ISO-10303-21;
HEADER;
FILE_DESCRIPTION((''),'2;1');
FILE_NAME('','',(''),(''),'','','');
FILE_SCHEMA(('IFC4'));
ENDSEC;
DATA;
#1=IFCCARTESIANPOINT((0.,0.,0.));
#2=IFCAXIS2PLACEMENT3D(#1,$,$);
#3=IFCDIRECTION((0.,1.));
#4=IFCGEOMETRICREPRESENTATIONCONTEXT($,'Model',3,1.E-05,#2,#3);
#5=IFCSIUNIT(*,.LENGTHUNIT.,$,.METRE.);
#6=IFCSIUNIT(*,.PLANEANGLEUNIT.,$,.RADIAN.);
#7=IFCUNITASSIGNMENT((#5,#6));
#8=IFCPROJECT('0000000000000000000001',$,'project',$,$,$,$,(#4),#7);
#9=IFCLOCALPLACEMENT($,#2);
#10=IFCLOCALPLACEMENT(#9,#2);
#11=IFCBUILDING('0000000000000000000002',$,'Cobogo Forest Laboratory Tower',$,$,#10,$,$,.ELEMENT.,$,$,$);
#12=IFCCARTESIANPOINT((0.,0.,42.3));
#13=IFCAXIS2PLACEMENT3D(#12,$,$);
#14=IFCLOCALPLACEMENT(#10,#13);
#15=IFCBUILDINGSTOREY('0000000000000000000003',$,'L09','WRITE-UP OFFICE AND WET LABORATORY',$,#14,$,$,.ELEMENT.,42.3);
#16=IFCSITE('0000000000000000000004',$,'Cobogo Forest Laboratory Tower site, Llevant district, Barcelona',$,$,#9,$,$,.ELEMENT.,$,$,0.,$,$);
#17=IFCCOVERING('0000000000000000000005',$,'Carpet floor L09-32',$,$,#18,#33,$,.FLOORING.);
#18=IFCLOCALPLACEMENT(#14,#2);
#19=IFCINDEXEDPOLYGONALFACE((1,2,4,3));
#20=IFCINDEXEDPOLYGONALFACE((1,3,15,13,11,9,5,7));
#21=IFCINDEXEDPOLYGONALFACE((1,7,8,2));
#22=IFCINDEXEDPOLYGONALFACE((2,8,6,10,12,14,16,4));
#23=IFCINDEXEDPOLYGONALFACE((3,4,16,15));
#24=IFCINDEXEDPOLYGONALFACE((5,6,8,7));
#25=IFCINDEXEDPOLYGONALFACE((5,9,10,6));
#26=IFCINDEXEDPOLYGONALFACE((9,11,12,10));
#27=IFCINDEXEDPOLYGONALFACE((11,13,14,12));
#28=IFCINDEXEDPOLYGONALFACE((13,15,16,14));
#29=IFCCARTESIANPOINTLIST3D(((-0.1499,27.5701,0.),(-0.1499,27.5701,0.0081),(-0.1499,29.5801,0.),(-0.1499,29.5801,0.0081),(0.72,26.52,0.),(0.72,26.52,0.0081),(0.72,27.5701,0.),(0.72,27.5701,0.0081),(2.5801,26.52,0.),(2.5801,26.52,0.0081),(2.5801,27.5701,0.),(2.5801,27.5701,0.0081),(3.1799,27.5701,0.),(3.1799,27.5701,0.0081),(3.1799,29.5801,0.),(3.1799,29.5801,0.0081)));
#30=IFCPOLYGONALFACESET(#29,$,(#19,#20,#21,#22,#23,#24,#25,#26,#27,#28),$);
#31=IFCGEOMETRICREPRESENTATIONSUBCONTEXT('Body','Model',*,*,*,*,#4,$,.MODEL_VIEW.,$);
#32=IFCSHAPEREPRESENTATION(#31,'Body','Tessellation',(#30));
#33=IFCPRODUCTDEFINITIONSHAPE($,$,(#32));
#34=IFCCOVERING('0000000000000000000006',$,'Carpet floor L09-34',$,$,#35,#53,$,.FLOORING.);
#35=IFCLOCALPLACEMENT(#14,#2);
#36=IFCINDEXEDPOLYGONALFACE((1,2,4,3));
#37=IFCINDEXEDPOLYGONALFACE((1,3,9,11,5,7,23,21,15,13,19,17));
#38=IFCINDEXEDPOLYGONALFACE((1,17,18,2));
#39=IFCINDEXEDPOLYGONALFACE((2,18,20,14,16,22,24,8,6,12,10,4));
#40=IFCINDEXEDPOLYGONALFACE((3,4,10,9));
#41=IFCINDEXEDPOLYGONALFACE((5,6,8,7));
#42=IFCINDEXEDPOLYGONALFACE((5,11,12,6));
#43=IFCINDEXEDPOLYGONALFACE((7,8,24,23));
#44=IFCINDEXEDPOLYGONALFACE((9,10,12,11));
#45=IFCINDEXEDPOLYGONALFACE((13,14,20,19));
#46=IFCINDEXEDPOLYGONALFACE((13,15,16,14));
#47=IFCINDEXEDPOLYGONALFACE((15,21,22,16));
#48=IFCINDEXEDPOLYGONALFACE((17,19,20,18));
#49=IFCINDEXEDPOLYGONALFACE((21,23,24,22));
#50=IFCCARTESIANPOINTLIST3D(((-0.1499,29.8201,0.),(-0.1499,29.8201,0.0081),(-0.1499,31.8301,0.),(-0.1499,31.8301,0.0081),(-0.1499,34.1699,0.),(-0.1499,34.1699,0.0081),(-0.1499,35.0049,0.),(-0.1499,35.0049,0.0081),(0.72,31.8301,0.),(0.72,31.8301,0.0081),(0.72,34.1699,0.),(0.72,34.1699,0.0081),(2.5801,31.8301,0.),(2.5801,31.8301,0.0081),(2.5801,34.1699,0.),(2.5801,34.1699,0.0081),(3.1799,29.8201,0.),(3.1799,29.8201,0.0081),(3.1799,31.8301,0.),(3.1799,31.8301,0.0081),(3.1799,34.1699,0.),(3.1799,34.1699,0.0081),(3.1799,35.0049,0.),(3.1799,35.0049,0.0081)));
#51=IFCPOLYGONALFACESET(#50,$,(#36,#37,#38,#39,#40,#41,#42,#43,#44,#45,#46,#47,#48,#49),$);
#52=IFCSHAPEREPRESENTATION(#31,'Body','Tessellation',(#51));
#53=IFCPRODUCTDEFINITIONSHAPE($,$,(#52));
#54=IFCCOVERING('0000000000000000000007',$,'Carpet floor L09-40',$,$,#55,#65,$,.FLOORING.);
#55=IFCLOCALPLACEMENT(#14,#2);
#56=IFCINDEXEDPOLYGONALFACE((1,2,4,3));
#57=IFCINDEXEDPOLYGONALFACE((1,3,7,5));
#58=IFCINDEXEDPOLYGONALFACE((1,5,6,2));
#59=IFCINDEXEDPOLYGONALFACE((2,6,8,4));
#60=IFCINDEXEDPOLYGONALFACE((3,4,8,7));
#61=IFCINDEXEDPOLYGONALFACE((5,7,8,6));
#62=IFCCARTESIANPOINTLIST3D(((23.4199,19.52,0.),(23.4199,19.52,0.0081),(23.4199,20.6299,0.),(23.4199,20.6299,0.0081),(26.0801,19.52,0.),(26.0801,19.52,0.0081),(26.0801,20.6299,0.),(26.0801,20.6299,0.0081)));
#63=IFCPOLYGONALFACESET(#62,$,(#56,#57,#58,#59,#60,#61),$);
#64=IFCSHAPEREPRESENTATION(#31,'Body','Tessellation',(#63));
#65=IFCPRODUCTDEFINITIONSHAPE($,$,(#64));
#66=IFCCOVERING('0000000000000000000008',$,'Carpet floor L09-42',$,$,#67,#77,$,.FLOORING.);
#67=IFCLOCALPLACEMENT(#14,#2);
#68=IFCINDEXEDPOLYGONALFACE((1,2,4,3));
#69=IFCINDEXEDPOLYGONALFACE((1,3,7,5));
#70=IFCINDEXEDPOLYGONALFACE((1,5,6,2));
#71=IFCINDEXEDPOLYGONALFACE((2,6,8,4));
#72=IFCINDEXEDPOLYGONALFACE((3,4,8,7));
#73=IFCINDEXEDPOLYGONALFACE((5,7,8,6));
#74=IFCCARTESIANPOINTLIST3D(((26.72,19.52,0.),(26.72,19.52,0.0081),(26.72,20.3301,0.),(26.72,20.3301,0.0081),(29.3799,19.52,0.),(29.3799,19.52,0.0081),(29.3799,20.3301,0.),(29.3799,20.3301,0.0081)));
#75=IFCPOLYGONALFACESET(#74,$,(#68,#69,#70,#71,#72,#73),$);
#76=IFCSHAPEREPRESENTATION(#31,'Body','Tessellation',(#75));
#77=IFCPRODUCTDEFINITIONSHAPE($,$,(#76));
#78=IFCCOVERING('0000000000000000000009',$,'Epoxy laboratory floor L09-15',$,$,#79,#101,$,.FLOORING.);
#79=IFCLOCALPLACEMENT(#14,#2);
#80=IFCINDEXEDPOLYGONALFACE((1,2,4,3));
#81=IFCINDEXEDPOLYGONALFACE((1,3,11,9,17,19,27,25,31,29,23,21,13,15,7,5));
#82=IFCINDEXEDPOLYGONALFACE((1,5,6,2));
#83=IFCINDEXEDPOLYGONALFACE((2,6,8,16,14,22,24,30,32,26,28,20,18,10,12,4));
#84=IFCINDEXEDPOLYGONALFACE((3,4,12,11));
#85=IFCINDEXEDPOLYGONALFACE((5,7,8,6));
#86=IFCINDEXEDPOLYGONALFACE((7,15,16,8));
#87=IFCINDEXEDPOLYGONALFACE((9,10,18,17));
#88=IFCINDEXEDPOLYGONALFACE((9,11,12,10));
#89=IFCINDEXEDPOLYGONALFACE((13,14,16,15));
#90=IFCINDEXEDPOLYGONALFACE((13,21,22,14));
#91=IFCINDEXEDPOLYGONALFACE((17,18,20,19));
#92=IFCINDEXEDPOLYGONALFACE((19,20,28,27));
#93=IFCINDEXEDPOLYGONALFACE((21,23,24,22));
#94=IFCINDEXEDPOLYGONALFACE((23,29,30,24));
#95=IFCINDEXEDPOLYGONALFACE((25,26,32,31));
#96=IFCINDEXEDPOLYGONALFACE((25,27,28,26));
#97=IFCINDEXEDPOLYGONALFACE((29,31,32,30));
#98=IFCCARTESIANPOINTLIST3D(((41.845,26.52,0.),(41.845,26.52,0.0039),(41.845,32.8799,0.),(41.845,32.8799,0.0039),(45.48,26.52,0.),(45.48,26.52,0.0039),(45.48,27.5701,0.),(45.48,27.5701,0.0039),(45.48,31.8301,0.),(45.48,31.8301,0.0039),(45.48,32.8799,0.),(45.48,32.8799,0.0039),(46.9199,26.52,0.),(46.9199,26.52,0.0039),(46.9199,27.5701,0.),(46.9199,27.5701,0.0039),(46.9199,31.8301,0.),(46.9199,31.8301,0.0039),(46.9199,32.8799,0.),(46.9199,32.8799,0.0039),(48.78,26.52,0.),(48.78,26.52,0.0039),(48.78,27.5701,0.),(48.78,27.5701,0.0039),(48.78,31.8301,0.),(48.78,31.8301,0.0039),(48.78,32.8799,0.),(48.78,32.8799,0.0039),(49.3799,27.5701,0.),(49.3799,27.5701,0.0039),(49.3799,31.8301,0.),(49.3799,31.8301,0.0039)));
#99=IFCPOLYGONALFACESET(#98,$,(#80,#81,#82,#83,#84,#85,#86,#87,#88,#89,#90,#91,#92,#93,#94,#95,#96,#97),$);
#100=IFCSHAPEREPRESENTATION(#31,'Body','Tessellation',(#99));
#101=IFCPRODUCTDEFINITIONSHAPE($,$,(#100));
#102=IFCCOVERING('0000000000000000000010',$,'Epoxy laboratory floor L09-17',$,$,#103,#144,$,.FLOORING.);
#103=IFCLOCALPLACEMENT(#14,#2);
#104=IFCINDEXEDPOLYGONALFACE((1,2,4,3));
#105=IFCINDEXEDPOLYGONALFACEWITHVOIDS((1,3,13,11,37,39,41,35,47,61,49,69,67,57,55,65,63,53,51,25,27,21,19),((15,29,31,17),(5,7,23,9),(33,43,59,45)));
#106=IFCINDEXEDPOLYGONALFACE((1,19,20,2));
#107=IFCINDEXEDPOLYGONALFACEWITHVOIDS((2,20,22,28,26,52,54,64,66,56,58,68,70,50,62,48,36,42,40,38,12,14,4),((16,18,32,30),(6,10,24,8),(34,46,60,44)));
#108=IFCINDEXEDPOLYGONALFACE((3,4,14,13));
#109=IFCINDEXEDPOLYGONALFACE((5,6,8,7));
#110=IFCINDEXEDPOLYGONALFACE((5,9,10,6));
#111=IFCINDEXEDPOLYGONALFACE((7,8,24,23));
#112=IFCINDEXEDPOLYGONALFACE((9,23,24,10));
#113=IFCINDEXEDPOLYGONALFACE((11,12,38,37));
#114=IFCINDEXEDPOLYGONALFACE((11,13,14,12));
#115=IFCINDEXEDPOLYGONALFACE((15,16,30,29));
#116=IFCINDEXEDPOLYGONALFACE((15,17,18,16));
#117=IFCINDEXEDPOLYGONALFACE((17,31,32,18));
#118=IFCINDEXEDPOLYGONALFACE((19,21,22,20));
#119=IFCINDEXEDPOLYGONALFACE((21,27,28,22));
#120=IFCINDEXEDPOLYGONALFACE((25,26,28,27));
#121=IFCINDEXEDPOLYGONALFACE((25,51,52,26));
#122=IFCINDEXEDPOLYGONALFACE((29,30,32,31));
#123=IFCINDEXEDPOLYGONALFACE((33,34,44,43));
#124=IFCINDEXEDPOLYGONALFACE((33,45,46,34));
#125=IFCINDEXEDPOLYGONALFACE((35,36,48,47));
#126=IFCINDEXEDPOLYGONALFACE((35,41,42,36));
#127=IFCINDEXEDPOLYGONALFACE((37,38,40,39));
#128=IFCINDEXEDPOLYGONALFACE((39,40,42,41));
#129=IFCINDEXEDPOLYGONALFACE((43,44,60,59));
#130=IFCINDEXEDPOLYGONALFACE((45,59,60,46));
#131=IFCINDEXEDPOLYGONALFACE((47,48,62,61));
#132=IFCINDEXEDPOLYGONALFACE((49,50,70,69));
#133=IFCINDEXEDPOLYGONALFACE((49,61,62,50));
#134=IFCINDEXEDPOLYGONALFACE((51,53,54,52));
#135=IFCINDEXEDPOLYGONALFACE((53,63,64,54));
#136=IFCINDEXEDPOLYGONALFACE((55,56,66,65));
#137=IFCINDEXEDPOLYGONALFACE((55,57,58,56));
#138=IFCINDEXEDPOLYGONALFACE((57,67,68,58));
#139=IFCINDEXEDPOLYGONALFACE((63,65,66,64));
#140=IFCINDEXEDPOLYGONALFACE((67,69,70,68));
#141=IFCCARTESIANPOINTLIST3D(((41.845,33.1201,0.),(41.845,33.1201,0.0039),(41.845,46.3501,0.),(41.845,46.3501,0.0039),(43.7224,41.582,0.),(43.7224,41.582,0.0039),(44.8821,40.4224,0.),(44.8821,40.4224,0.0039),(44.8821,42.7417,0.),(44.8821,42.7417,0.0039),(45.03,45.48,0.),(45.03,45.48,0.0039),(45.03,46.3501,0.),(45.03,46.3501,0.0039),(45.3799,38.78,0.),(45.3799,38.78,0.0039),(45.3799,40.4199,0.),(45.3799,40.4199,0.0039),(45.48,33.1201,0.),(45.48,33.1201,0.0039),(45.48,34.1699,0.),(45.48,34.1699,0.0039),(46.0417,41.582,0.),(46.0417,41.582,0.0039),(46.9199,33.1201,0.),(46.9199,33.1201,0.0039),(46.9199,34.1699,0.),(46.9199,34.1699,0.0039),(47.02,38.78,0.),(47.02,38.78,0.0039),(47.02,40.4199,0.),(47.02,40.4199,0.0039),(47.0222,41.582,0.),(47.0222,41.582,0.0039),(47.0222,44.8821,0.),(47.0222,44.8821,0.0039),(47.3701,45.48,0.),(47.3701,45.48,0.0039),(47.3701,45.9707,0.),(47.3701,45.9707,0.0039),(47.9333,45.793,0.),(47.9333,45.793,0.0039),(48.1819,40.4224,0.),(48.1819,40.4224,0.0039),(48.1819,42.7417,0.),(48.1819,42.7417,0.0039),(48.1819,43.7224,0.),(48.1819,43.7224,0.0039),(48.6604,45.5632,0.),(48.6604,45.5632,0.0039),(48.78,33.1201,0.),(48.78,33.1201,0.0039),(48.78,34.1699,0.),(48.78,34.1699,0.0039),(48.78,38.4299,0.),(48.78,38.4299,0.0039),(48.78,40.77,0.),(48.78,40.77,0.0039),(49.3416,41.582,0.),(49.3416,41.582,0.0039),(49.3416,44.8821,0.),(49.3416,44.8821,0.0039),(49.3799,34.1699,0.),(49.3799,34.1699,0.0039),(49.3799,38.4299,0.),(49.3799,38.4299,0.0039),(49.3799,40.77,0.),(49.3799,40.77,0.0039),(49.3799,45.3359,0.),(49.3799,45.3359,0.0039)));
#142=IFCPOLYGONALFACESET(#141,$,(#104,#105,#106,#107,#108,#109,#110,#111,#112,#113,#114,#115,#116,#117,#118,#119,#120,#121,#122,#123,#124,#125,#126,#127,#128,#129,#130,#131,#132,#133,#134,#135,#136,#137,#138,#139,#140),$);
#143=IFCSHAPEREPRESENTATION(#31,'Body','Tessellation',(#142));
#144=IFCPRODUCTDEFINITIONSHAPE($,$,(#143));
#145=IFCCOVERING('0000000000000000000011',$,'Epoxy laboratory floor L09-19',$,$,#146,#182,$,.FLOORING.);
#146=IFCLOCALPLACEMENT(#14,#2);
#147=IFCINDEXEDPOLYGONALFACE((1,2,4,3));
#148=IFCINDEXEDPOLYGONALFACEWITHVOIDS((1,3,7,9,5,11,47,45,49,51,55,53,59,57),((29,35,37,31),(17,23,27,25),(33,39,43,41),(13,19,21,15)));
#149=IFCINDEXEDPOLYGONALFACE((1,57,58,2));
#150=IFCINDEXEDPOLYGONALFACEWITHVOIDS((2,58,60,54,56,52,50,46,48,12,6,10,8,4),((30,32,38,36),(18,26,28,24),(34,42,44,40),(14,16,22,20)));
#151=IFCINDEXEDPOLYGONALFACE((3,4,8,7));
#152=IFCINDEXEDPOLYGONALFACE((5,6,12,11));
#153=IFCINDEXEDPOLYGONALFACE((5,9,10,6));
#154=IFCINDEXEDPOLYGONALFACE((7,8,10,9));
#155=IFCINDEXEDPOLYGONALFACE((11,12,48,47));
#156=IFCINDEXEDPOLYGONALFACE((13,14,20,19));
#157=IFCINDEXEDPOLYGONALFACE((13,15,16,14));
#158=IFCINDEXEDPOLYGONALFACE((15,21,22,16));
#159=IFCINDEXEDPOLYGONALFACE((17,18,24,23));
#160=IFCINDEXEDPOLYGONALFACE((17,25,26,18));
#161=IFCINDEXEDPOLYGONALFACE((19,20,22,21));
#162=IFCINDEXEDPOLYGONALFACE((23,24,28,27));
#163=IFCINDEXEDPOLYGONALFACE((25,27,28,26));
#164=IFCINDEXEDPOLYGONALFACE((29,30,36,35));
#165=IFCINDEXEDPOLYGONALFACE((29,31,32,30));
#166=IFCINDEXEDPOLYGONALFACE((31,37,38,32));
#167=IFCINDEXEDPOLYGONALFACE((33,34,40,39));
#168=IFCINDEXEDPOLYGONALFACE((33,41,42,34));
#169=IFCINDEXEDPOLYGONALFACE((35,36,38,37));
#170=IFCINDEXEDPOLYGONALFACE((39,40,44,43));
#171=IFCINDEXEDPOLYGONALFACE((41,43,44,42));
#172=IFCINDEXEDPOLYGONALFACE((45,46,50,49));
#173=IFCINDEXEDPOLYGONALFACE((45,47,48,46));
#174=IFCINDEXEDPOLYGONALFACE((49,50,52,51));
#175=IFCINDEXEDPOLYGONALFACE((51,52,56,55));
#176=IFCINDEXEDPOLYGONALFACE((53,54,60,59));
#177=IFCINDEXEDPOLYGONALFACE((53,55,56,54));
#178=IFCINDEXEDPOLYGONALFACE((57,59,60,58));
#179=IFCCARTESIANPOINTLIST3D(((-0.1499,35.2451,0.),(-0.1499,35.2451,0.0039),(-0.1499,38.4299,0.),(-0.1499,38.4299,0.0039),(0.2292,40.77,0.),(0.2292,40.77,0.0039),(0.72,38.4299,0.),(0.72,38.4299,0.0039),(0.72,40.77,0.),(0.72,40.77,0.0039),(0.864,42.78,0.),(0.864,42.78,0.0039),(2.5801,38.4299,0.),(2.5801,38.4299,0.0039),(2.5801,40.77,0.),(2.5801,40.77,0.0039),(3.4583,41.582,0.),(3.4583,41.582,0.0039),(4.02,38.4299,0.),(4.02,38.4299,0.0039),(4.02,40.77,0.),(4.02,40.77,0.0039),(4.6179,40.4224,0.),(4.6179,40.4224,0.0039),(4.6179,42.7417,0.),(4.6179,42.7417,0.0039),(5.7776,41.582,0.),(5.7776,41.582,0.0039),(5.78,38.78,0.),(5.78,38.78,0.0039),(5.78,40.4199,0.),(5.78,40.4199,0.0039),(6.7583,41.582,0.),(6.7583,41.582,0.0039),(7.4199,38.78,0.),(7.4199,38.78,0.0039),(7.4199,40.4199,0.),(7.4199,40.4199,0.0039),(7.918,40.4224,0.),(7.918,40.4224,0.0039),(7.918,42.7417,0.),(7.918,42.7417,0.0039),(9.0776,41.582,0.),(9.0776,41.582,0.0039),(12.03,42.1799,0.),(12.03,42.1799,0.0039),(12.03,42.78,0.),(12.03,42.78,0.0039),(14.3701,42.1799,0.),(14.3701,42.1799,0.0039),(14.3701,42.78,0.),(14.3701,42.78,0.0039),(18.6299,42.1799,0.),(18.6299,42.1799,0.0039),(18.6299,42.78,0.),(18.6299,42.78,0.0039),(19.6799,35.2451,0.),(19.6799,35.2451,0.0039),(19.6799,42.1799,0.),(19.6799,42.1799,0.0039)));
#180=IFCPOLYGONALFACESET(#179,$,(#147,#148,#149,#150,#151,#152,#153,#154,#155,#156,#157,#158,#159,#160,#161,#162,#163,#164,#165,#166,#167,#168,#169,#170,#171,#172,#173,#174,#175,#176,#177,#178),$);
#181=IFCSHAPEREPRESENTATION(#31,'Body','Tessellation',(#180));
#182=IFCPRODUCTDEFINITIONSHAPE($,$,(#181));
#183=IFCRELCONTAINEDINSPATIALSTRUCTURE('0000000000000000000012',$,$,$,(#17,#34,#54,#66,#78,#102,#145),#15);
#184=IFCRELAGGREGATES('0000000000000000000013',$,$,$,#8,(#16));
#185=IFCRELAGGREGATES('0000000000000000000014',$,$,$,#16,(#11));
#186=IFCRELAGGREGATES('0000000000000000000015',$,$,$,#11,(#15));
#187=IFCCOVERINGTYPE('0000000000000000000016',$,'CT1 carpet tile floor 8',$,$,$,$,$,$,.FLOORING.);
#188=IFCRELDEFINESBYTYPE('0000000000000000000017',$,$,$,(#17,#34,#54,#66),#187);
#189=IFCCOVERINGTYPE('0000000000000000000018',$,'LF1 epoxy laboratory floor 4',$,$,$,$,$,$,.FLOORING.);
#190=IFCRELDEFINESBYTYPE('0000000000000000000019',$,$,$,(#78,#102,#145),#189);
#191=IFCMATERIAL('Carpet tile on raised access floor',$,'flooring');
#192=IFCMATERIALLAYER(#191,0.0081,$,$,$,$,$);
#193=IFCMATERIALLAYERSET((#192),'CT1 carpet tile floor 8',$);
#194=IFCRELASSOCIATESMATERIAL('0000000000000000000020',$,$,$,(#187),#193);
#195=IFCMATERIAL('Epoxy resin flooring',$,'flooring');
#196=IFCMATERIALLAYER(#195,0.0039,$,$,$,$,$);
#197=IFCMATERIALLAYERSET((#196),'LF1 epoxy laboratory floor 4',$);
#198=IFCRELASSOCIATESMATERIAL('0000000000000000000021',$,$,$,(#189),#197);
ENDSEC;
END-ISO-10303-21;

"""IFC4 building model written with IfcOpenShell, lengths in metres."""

from ifc_helpers import new_model, si_unit, direction, frame, origin, place, context, subcontext, project, spatial, polyline, outline, extrude, material, layer, layer_set, type_object, element, save


model = new_model("IFC4")

# Units and contexts
model_context = context("Model", 3, precision=1e-05, world=origin(), true_north=direction((0.0, 1.0)))
body_context = subcontext(model_context, "Body", "Model", "MODEL_VIEW")
ifc_project = project(units=[si_unit("LENGTHUNIT", "METRE"), si_unit("PLANEANGLEUNIT", "RADIAN")], contexts=[model_context])

# Site, building, storey
site_placement = place(None, origin())
site = spatial("IfcSite", under=ifc_project, at=site_placement, Name="Cobogo Forest Laboratory Tower site, Llevant district, Barcelona", CompositionType="ELEMENT", RefElevation=0.0)
building_placement = place(site_placement, origin())
building = spatial("IfcBuilding", under=site, at=building_placement, Name="Cobogo Forest Laboratory Tower", CompositionType="ELEMENT")
storey_placement = place(building_placement, frame((0.0, 0.0, 42.3)))
storey = spatial("IfcBuildingStorey", under=building, at=storey_placement, Name="L09", Description="WRITE-UP OFFICE AND WET LABORATORY", CompositionType="ELEMENT", Elevation=42.3)

# Coverings
ifc_material_1 = material(Name="Carpet tile on raised access floor", Category="flooring")
ifc_layer_1 = layer(ifc_material_1, 0.0081)
ifc_layer_set_1 = layer_set([ifc_layer_1], Name="CT1 carpet tile floor 8")
covering_type_1 = type_object("IfcCoveringType", Name="CT1 carpet tile floor 8", PredefinedType="FLOORING", material=ifc_layer_set_1)
covering_1_placement = place(storey_placement, origin())
element("IfcCovering", 1, at=covering_1_placement, inside=storey, type_object=covering_type_1, Name="Carpet floor L09-32", PredefinedType="FLOORING", context=body_context, shape_type="SweptSolid", body=[
    extrude(outline(polyline([(3.1799, 27.5701), (2.5801, 27.5701), (2.5801, 26.52), (0.72, 26.52), (0.72, 27.5701), (-0.1499, 27.5701), (-0.1499, 29.5801), (3.1799, 29.5801), (3.1799, 27.5701)])), origin(), (0.0, 0.0, 1.0), 0.0081),
])
covering_2_placement = place(storey_placement, origin())
element("IfcCovering", 2, at=covering_2_placement, inside=storey, type_object=covering_type_1, Name="Carpet floor L09-34", PredefinedType="FLOORING", context=body_context, shape_type="SweptSolid", body=[
    extrude(outline(polyline([(3.1799, 34.1699), (2.5801, 34.1699), (2.5801, 31.8301), (3.1799, 31.8301), (3.1799, 29.8201), (-0.1499, 29.8201), (-0.1499, 31.8301), (0.72, 31.8301), (0.72, 34.1699), (-0.1499, 34.1699), (-0.1499, 35.0049), (3.1799, 35.0049), (3.1799, 34.1699)])), origin(), (0.0, 0.0, 1.0), 0.0081),
])
covering_3_placement = place(storey_placement, origin())
element("IfcCovering", 3, at=covering_3_placement, inside=storey, type_object=covering_type_1, Name="Carpet floor L09-40", PredefinedType="FLOORING", context=body_context, shape_type="SweptSolid", body=[
    extrude(outline(polyline([(26.0801, 19.52), (23.4199, 19.52), (23.4199, 20.6299), (26.0801, 20.6299), (26.0801, 19.52)])), origin(), (0.0, 0.0, 1.0), 0.0081),
])
covering_4_placement = place(storey_placement, origin())
element("IfcCovering", 4, at=covering_4_placement, inside=storey, type_object=covering_type_1, Name="Carpet floor L09-42", PredefinedType="FLOORING", context=body_context, shape_type="SweptSolid", body=[
    extrude(outline(polyline([(29.3799, 19.52), (26.72, 19.52), (26.72, 20.3301), (29.3799, 20.3301), (29.3799, 19.52)])), origin(), (0.0, 0.0, 1.0), 0.0081),
])
ifc_material_2 = material(Name="Epoxy resin flooring", Category="flooring")
ifc_layer_2 = layer(ifc_material_2, 0.0039)
ifc_layer_set_2 = layer_set([ifc_layer_2], Name="LF1 epoxy laboratory floor 4")
covering_type_2 = type_object("IfcCoveringType", Name="LF1 epoxy laboratory floor 4", PredefinedType="FLOORING", material=ifc_layer_set_2)
covering_5_placement = place(storey_placement, origin())
element("IfcCovering", 5, at=covering_5_placement, inside=storey, type_object=covering_type_2, Name="Epoxy laboratory floor L09-15", PredefinedType="FLOORING", context=body_context, shape_type="SweptSolid", body=[
    extrude(outline(polyline([(41.845, 32.8799), (45.48, 32.8799), (45.48, 31.8301), (46.9199, 31.8301), (46.9199, 32.8799), (48.78, 32.8799), (48.78, 31.8301), (49.3799, 31.8301), (49.3799, 27.5701), (48.78, 27.5701), (48.78, 26.52), (46.9199, 26.52), (46.9199, 27.5701), (45.48, 27.5701), (45.48, 26.52), (41.845, 26.52), (41.845, 32.8799)])), origin(), (0.0, 0.0, 1.0), 0.0039),
])
covering_6_placement = place(storey_placement, origin())
element("IfcCovering", 6, at=covering_6_placement, inside=storey, type_object=covering_type_2, Name="Epoxy laboratory floor L09-17", PredefinedType="FLOORING", context=body_context, shape_type="SweptSolid", body=[
    extrude(outline(polyline([(46.9199, 33.1201), (46.9199, 34.1699), (45.48, 34.1699), (45.48, 33.1201), (41.845, 33.1201), (41.845, 46.3501), (45.03, 46.3501), (45.03, 45.48), (47.3701, 45.48), (47.3701, 45.9707), (47.9333, 45.793), (47.0222, 44.8821), (48.1819, 43.7224), (49.3416, 44.8821), (48.6604, 45.5632), (49.3799, 45.3359), (49.3799, 40.77), (48.78, 40.77), (48.78, 38.4299), (49.3799, 38.4299), (49.3799, 34.1699), (48.78, 34.1699), (48.78, 33.1201), (46.9199, 33.1201)]), holes=[polyline([(47.0222, 41.582), (48.1819, 40.4224), (49.3416, 41.582), (48.1819, 42.7417), (47.0222, 41.582)]), polyline([(47.02, 40.4199), (45.3799, 40.4199), (45.3799, 38.78), (47.02, 38.78), (47.02, 40.4199)]), polyline([(43.7224, 41.582), (44.8821, 40.4224), (46.0417, 41.582), (44.8821, 42.7417), (43.7224, 41.582)])]), origin(), (0.0, 0.0, 1.0), 0.0039),
])
covering_7_placement = place(storey_placement, origin())
element("IfcCovering", 7, at=covering_7_placement, inside=storey, type_object=covering_type_2, Name="Epoxy laboratory floor L09-19", PredefinedType="FLOORING", context=body_context, shape_type="SweptSolid", body=[
    extrude(outline(polyline([(19.6799, 35.2451), (-0.1499, 35.2451), (-0.1499, 38.4299), (0.72, 38.4299), (0.72, 40.77), (0.2292, 40.77), (0.864, 42.78), (12.03, 42.78), (12.03, 42.1799), (14.3701, 42.1799), (14.3701, 42.78), (18.6299, 42.78), (18.6299, 42.1799), (19.6799, 42.1799), (19.6799, 35.2451)]), holes=[polyline([(6.7583, 41.582), (7.918, 40.4224), (9.0776, 41.582), (7.918, 42.7417), (6.7583, 41.582)]), polyline([(5.78, 40.4199), (5.78, 38.78), (7.4199, 38.78), (7.4199, 40.4199), (5.78, 40.4199)]), polyline([(3.4583, 41.582), (4.6179, 40.4224), (5.7776, 41.582), (4.6179, 42.7417), (3.4583, 41.582)]), polyline([(2.5801, 38.4299), (4.02, 38.4299), (4.02, 40.77), (2.5801, 40.77), (2.5801, 38.4299)])]), origin(), (0.0, 0.0, 1.0), 0.0039),
])

save(model, "model.ifc")
